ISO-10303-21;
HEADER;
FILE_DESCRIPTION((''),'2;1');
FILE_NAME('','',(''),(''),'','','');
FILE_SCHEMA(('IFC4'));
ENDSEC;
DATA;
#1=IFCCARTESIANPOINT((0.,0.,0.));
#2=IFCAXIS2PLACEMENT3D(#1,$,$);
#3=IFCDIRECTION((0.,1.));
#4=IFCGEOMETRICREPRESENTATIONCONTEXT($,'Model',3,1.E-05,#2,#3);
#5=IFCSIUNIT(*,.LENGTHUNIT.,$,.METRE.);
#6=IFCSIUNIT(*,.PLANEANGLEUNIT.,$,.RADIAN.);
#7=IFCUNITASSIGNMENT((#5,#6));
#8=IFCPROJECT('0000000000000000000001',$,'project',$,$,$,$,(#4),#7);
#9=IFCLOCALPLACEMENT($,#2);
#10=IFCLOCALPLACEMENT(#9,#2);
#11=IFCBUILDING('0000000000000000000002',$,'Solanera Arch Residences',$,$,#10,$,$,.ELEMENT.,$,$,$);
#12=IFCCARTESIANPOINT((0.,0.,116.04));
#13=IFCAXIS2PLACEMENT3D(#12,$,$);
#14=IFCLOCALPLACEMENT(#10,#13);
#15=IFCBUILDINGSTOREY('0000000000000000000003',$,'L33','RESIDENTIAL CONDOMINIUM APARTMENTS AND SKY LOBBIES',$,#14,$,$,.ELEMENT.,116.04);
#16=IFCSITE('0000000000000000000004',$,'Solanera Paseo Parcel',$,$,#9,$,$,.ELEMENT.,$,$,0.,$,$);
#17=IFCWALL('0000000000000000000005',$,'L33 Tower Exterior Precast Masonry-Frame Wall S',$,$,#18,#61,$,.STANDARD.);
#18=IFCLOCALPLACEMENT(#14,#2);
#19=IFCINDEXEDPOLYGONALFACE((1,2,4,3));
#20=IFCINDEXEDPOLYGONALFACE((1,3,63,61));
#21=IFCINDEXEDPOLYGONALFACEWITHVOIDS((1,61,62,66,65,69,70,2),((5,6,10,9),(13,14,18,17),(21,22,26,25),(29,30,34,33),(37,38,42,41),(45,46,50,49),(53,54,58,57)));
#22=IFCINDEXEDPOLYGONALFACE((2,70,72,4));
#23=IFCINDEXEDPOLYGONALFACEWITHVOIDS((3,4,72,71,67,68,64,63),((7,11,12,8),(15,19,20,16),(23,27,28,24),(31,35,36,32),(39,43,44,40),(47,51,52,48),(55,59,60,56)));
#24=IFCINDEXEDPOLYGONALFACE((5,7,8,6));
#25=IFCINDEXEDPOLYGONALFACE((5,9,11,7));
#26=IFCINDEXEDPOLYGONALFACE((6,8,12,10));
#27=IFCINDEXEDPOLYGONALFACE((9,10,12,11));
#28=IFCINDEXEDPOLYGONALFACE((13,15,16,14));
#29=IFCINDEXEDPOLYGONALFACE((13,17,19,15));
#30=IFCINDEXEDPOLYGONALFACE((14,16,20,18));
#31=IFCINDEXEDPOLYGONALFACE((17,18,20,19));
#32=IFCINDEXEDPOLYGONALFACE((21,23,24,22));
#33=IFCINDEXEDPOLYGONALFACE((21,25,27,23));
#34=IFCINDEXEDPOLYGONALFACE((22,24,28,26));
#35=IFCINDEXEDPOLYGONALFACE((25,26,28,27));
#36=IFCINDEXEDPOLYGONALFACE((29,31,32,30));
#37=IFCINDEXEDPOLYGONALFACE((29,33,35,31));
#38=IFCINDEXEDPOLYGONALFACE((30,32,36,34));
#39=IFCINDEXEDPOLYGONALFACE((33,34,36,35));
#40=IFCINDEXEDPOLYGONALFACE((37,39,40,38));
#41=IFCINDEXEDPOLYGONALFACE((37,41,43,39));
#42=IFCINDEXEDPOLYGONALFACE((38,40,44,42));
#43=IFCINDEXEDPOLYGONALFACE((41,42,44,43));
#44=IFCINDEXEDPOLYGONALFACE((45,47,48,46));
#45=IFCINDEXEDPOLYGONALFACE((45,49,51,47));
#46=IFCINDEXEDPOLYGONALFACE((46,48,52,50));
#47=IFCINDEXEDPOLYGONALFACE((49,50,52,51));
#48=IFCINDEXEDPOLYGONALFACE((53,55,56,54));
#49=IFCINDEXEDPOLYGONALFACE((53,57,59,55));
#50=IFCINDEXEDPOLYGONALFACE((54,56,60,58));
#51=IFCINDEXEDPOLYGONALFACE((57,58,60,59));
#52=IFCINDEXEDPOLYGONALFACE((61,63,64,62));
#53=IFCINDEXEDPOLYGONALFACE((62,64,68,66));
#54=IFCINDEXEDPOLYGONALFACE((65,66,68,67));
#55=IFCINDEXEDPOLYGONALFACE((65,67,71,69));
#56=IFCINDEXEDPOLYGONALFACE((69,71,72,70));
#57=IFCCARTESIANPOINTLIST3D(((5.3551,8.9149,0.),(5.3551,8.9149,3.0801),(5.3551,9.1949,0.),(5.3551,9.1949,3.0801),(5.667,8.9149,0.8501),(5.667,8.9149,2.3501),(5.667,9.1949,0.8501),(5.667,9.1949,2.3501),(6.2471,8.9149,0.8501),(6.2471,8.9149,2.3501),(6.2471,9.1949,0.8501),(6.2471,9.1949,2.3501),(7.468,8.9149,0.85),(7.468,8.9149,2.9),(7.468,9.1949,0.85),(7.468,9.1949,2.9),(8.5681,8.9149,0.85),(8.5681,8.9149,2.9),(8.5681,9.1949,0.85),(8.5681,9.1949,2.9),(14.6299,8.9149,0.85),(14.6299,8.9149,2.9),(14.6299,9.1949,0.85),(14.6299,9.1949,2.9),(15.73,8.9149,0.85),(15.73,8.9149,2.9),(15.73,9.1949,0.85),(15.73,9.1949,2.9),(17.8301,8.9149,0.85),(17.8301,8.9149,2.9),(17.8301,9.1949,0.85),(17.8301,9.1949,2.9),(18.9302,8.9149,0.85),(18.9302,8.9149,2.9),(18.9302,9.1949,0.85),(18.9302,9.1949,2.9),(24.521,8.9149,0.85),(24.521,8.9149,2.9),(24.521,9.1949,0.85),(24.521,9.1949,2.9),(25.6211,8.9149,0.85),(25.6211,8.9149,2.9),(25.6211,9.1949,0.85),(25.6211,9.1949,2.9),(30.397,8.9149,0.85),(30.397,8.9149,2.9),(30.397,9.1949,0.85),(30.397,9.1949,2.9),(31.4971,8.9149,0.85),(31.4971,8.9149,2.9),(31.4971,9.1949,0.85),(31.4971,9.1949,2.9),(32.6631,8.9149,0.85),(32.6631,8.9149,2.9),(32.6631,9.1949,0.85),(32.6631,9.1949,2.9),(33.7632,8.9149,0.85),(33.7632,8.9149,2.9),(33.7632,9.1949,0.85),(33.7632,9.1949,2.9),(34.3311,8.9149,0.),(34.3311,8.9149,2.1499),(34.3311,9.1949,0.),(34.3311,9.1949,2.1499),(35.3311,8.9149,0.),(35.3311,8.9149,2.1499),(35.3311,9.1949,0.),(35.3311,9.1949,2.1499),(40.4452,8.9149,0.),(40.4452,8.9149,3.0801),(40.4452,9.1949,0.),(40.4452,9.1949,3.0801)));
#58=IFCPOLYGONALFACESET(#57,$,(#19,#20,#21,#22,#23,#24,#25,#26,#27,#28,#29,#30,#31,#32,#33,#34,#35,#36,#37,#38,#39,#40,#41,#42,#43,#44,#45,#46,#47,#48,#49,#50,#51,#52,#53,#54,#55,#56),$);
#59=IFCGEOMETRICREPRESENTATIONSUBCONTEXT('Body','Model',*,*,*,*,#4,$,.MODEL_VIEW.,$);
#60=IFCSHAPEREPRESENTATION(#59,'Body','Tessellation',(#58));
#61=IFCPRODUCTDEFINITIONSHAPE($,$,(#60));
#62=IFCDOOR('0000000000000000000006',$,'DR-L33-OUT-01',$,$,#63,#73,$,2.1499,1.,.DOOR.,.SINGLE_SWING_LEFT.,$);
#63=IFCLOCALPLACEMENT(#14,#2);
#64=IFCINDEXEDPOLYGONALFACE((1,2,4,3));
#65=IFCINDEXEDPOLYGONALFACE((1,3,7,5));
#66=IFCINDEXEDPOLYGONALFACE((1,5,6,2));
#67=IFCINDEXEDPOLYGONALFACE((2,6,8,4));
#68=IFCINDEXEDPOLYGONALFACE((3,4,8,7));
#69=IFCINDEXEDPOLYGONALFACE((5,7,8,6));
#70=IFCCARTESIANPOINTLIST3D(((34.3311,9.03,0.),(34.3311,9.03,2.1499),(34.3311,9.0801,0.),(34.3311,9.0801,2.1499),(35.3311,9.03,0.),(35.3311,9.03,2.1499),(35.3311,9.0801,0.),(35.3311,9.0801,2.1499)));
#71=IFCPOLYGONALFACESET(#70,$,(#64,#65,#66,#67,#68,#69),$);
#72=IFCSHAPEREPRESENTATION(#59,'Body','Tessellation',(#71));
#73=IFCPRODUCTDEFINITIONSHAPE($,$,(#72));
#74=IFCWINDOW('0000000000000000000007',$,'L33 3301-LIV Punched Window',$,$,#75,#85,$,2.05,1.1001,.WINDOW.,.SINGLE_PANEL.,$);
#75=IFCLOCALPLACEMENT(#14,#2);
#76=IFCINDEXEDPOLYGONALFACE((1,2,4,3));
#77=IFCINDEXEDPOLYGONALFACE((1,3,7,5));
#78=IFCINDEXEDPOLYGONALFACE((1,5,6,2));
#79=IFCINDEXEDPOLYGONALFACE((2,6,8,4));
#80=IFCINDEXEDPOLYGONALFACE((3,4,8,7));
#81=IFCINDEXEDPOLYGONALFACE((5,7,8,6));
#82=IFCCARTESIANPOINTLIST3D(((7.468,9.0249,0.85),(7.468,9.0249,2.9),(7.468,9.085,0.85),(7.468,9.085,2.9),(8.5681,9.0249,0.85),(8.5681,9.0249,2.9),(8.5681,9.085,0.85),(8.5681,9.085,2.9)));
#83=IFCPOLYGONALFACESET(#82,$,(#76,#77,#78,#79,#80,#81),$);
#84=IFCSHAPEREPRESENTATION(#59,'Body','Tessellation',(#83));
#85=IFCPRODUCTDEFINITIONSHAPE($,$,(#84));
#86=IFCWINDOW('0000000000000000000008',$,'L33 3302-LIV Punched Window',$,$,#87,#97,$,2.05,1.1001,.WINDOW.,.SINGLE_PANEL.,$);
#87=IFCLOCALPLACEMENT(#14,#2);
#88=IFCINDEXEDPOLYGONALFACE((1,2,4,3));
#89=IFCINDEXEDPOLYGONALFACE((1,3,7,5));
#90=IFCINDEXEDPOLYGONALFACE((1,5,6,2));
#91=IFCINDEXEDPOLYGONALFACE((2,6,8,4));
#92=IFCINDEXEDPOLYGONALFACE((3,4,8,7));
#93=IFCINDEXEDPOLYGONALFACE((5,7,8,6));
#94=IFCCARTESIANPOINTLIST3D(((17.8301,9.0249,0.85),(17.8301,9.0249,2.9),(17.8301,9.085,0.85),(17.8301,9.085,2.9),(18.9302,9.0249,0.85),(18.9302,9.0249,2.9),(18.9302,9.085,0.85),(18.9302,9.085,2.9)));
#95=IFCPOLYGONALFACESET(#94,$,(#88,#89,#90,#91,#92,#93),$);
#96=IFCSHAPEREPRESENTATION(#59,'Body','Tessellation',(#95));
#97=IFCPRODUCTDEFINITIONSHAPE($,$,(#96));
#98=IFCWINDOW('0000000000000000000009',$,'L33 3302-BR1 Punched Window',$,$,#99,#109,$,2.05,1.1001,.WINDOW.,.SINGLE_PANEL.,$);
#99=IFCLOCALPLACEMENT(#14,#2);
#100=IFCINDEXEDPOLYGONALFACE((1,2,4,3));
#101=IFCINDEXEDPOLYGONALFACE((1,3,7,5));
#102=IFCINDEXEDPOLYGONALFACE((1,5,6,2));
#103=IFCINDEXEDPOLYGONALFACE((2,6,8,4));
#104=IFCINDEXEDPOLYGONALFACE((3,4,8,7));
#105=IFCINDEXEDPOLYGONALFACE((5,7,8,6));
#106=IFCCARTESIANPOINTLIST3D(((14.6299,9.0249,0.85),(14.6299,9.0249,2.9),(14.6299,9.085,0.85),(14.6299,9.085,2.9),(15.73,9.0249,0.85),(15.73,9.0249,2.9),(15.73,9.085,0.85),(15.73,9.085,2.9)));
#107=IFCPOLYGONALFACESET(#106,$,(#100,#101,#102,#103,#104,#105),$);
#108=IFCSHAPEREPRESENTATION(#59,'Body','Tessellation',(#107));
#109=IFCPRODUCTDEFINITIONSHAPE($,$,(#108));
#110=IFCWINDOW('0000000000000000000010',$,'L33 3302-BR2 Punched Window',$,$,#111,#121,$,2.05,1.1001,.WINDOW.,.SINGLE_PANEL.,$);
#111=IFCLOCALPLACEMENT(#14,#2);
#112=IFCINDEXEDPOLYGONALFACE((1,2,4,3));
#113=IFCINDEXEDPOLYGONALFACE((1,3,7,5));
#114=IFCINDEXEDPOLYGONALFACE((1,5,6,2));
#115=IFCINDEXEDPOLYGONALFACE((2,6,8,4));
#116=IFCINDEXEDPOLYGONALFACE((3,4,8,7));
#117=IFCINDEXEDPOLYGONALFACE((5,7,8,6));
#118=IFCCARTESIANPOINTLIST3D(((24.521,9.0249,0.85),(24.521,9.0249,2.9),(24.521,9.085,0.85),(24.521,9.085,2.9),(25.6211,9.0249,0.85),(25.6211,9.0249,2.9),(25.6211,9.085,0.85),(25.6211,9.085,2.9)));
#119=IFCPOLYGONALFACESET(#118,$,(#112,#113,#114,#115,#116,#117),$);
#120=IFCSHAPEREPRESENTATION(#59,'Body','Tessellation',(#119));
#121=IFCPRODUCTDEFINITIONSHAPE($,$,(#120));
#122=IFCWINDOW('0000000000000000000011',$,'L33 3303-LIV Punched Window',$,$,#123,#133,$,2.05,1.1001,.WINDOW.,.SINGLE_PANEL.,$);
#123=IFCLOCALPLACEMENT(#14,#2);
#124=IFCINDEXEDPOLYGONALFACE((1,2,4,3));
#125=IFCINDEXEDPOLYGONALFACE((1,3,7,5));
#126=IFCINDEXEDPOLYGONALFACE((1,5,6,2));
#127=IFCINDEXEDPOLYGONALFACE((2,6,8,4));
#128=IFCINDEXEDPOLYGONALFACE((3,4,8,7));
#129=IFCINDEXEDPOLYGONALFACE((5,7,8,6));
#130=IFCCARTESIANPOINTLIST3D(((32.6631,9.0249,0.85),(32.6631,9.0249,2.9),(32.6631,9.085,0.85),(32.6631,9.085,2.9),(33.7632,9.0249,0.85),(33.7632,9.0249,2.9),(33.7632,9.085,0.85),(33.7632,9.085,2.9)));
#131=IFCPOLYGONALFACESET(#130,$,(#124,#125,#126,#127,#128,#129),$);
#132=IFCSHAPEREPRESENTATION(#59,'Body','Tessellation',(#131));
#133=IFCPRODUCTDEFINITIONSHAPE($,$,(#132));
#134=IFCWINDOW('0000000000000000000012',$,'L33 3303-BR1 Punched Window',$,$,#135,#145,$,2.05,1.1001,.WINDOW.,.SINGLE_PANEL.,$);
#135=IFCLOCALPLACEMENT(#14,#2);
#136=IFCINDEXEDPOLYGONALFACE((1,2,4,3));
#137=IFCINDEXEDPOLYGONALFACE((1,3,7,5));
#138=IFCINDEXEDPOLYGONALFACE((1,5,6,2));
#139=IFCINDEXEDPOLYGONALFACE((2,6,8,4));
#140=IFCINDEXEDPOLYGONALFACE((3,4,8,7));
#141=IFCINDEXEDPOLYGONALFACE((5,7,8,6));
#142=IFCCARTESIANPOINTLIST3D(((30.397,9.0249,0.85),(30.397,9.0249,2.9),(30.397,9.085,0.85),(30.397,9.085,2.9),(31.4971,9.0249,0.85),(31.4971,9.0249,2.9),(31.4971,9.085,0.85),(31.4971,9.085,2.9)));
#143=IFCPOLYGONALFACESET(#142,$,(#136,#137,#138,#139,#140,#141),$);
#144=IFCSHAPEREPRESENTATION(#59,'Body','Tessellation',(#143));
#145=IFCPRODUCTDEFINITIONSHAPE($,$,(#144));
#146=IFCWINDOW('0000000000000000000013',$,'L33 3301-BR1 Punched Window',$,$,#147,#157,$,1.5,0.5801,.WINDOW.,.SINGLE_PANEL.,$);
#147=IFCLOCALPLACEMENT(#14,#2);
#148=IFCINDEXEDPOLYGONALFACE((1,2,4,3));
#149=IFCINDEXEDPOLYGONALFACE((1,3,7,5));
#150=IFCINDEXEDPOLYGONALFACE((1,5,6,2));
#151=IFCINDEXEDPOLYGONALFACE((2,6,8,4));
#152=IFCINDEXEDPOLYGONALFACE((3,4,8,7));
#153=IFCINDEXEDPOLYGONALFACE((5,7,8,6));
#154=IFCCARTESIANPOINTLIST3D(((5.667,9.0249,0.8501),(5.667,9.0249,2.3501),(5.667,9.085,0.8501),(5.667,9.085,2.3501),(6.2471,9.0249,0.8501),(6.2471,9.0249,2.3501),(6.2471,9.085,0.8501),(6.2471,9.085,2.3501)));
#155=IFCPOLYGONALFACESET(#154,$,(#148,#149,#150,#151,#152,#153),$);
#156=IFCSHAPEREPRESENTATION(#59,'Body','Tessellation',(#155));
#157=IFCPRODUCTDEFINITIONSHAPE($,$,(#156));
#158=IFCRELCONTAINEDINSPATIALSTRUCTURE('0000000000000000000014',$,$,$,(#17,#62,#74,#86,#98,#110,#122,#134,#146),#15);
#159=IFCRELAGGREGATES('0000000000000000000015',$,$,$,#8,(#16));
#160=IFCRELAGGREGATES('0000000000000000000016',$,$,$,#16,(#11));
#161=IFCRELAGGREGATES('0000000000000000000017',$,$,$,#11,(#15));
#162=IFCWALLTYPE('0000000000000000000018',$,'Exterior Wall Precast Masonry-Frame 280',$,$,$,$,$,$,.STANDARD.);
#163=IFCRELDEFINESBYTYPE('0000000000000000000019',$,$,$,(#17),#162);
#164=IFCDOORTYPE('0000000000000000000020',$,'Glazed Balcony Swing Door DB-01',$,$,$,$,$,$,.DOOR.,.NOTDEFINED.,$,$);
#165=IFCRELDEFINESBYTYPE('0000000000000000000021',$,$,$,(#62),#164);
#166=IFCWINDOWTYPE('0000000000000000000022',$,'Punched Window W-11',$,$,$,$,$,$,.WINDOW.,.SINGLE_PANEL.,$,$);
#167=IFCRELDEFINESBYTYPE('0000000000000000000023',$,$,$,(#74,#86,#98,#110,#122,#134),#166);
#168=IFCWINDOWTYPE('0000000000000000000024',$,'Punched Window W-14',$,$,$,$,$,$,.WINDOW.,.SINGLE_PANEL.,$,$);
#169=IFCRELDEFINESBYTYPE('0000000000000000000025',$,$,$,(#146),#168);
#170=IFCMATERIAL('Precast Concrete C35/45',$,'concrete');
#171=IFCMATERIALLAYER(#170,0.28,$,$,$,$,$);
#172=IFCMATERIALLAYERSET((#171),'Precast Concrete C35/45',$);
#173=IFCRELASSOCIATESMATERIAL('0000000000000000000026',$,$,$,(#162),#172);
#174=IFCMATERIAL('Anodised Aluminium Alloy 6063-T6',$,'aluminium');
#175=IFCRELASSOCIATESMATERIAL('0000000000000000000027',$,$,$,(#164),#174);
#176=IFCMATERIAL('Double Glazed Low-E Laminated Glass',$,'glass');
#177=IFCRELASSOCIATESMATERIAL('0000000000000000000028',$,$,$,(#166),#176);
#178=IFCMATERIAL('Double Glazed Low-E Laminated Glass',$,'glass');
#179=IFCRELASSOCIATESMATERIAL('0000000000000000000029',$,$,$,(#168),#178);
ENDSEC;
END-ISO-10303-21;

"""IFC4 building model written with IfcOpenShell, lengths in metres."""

from ifc_helpers import new_model, si_unit, direction, frame, frame_2d, origin, place, context, subcontext, project, spatial, rectangle, extrude, material, layer, layer_set, type_object, element, fill, save


model = new_model("IFC4")

# Units and contexts
model_context = context("Model", 3, precision=1e-05, world=origin(), true_north=direction((0.0, 1.0)))
body_context = subcontext(model_context, "Body", "Model", "MODEL_VIEW")
ifc_project = project(units=[si_unit("LENGTHUNIT", "METRE"), si_unit("PLANEANGLEUNIT", "RADIAN")], contexts=[model_context])

# Site, building, storey
site_placement = place(None, origin())
site = spatial("IfcSite", under=ifc_project, at=site_placement, Name="Solanera Paseo Parcel", CompositionType="ELEMENT", RefElevation=0.0)
building_placement = place(site_placement, origin())
building = spatial("IfcBuilding", under=site, at=building_placement, Name="Solanera Arch Residences", CompositionType="ELEMENT")
storey_placement = place(building_placement, frame((0.0, 0.0, 116.04)))
storey = spatial("IfcBuildingStorey", under=building, at=storey_placement, Name="L33", Description="RESIDENTIAL CONDOMINIUM APARTMENTS AND SKY LOBBIES", CompositionType="ELEMENT", Elevation=116.04)

# Shared definitions
ifc_material_1 = material(Name="Precast Concrete C35/45", Category="concrete")
ifc_layer_1 = layer(ifc_material_1, 0.28)
ifc_layer_set_1 = layer_set([ifc_layer_1], Name="Precast Concrete C35/45")
wall_type_1 = type_object("IfcWallType", Name="Exterior Wall Precast Masonry-Frame 280", PredefinedType="STANDARD", material=ifc_layer_set_1)

# Wall, openings, door, windows
wall_1_placement = place(storey_placement, frame((40.4451, 9.0549, 0.0), z_axis=(0.0, 0.0, 1.0), x_axis=(-1.0, 0.0, 0.0)))
wall_1 = element("IfcWall", 1, at=wall_1_placement, inside=storey, type_object=wall_type_1, Name="L33 Tower Exterior Precast Masonry-Frame Wall S", PredefinedType="STANDARD", context=body_context, shape_type="SweptSolid", body=[
    extrude(rectangle(XDim=35.0901, YDim=0.28, at=frame_2d((17.5449, 0.0))), origin(), (0.0, 0.0, 1.0), 3.0801),
])
opening_1_placement = place(wall_1_placement, frame((5.114, 0.0, 0.0)))
opening_1 = element("IfcOpeningElement", 2, at=opening_1_placement, cuts=wall_1, PredefinedType="OPENING", context=body_context, shape_type="SweptSolid", body=[
    extrude(rectangle(XDim=1.0, YDim=2.1499, at=frame_2d((0.5, 1.075))), frame((0.0, 0.1499, 0.0), z_axis=(0.0, -1.0, 0.0), x_axis=(1.0, 0.0, 0.0)), (0.0, 0.0, 1.0), 0.3),
])
opening_2_placement = place(wall_1_placement, frame((31.877, 0.0, 0.8501)))
opening_2 = element("IfcOpeningElement", 3, at=opening_2_placement, cuts=wall_1, PredefinedType="OPENING", context=body_context, shape_type="SweptSolid", body=[
    extrude(rectangle(XDim=1.1001, YDim=2.05, at=frame_2d((0.55, 1.0249))), frame((0.0, 0.1499, 0.0), z_axis=(0.0, -1.0, 0.0), x_axis=(1.0, 0.0, 0.0)), (0.0, 0.0, 1.0), 0.3),
])
opening_3_placement = place(wall_1_placement, frame((34.198, 0.0, 0.8501)))
opening_3 = element("IfcOpeningElement", 4, at=opening_3_placement, cuts=wall_1, PredefinedType="OPENING", context=body_context, shape_type="SweptSolid", body=[
    extrude(rectangle(XDim=0.5801, YDim=1.5, at=frame_2d((0.29, 0.75))), frame((0.0, 0.1499, 0.0), z_axis=(0.0, -1.0, 0.0), x_axis=(1.0, 0.0, 0.0)), (0.0, 0.0, 1.0), 0.3),
])
opening_4_placement = place(wall_1_placement, frame((21.5149, 0.0, 0.8501)))
opening_4 = element("IfcOpeningElement", 5, at=opening_4_placement, cuts=wall_1, PredefinedType="OPENING", context=body_context, shape_type="SweptSolid", body=[
    extrude(rectangle(XDim=1.1001, YDim=2.05, at=frame_2d((0.55, 1.0249))), frame((0.0, 0.1499, 0.0), z_axis=(0.0, -1.0, 0.0), x_axis=(1.0, 0.0, 0.0)), (0.0, 0.0, 1.0), 0.3),
])
opening_5_placement = place(wall_1_placement, frame((24.7151, 0.0, 0.8501)))
opening_5 = element("IfcOpeningElement", 6, at=opening_5_placement, cuts=wall_1, PredefinedType="OPENING", context=body_context, shape_type="SweptSolid", body=[
    extrude(rectangle(XDim=1.1001, YDim=2.05, at=frame_2d((0.55, 1.0249))), frame((0.0, 0.1499, 0.0), z_axis=(0.0, -1.0, 0.0), x_axis=(1.0, 0.0, 0.0)), (0.0, 0.0, 1.0), 0.3),
])
opening_6_placement = place(wall_1_placement, frame((14.824, 0.0, 0.8501)))
opening_6 = element("IfcOpeningElement", 7, at=opening_6_placement, cuts=wall_1, PredefinedType="OPENING", context=body_context, shape_type="SweptSolid", body=[
    extrude(rectangle(XDim=1.1001, YDim=2.05, at=frame_2d((0.55, 1.0249))), frame((0.0, 0.1499, 0.0), z_axis=(0.0, -1.0, 0.0), x_axis=(1.0, 0.0, 0.0)), (0.0, 0.0, 1.0), 0.3),
])
opening_7_placement = place(wall_1_placement, frame((6.6819, 0.0, 0.8501)))
opening_7 = element("IfcOpeningElement", 8, at=opening_7_placement, cuts=wall_1, PredefinedType="OPENING", context=body_context, shape_type="SweptSolid", body=[
    extrude(rectangle(XDim=1.1001, YDim=2.05, at=frame_2d((0.55, 1.0249))), frame((0.0, 0.1499, 0.0), z_axis=(0.0, -1.0, 0.0), x_axis=(1.0, 0.0, 0.0)), (0.0, 0.0, 1.0), 0.3),
])
opening_8_placement = place(wall_1_placement, frame((8.948, 0.0, 0.8501)))
opening_8 = element("IfcOpeningElement", 9, at=opening_8_placement, cuts=wall_1, PredefinedType="OPENING", context=body_context, shape_type="SweptSolid", body=[
    extrude(rectangle(XDim=1.1001, YDim=2.05, at=frame_2d((0.55, 1.0249))), frame((0.0, 0.1499, 0.0), z_axis=(0.0, -1.0, 0.0), x_axis=(1.0, 0.0, 0.0)), (0.0, 0.0, 1.0), 0.3),
])
ifc_material_2 = material(Name="Anodised Aluminium Alloy 6063-T6", Category="aluminium")
door_type_1 = type_object("IfcDoorType", Name="Glazed Balcony Swing Door DB-01", OperationType="NOTDEFINED", PredefinedType="DOOR", material=ifc_material_2)
door_1_placement = place(opening_1_placement, origin())
door_1 = element("IfcDoor", 10, at=door_1_placement, inside=storey, type_object=door_type_1, Name="DR-L33-OUT-01", OperationType="SINGLE_SWING_LEFT", OverallHeight=2.1499, OverallWidth=1.0, PredefinedType="DOOR", context=body_context, shape_type="SweptSolid", body=[
    extrude(rectangle(XDim=1.0, YDim=2.1499, at=frame_2d((0.5, 1.075))), frame((0.0, 0.0249, 0.0), z_axis=(0.0, -1.0, 0.0), x_axis=(1.0, 0.0, 0.0)), (0.0, 0.0, 1.0), 0.05),
])
fill(opening_1, door_1)
ifc_material_3 = material(Name="Double Glazed Low-E Laminated Glass", Category="glass")
window_type_1 = type_object("IfcWindowType", Name="Punched Window W-11", PartitioningType="SINGLE_PANEL", PredefinedType="WINDOW", material=ifc_material_3)
window_1_placement = place(opening_2_placement, origin())
window_1 = element("IfcWindow", 11, at=window_1_placement, inside=storey, type_object=window_type_1, Name="L33 3301-LIV Punched Window", OverallHeight=2.05, OverallWidth=1.1001, PartitioningType="SINGLE_PANEL", PredefinedType="WINDOW", context=body_context, shape_type="SweptSolid", body=[
    extrude(rectangle(XDim=1.1001, YDim=2.05, at=frame_2d((0.55, 1.0249))), frame((0.0, 0.03, 0.0), z_axis=(0.0, -1.0, 0.0), x_axis=(1.0, 0.0, 0.0)), (0.0, 0.0, 1.0), 0.0601),
])
fill(opening_2, window_1)
window_2_placement = place(opening_4_placement, origin())
window_2 = element("IfcWindow", 12, at=window_2_placement, inside=storey, type_object=window_type_1, Name="L33 3302-LIV Punched Window", OverallHeight=2.05, OverallWidth=1.1001, PartitioningType="SINGLE_PANEL", PredefinedType="WINDOW", context=body_context, shape_type="SweptSolid", body=[
    extrude(rectangle(XDim=1.1001, YDim=2.05, at=frame_2d((0.55, 1.0249))), frame((0.0, 0.03, 0.0), z_axis=(0.0, -1.0, 0.0), x_axis=(1.0, 0.0, 0.0)), (0.0, 0.0, 1.0), 0.0601),
])
fill(opening_4, window_2)
window_3_placement = place(opening_5_placement, origin())
window_3 = element("IfcWindow", 13, at=window_3_placement, inside=storey, type_object=window_type_1, Name="L33 3302-BR1 Punched Window", OverallHeight=2.05, OverallWidth=1.1001, PartitioningType="SINGLE_PANEL", PredefinedType="WINDOW", context=body_context, shape_type="SweptSolid", body=[
    extrude(rectangle(XDim=1.1001, YDim=2.05, at=frame_2d((0.55, 1.0249))), frame((0.0, 0.03, 0.0), z_axis=(0.0, -1.0, 0.0), x_axis=(1.0, 0.0, 0.0)), (0.0, 0.0, 1.0), 0.0601),
])
fill(opening_5, window_3)
window_4_placement = place(opening_6_placement, origin())
window_4 = element("IfcWindow", 14, at=window_4_placement, inside=storey, type_object=window_type_1, Name="L33 3302-BR2 Punched Window", OverallHeight=2.05, OverallWidth=1.1001, PartitioningType="SINGLE_PANEL", PredefinedType="WINDOW", context=body_context, shape_type="SweptSolid", body=[
    extrude(rectangle(XDim=1.1001, YDim=2.05, at=frame_2d((0.55, 1.0249))), frame((0.0, 0.03, 0.0), z_axis=(0.0, -1.0, 0.0), x_axis=(1.0, 0.0, 0.0)), (0.0, 0.0, 1.0), 0.0601),
])
fill(opening_6, window_4)
window_5_placement = place(opening_7_placement, origin())
window_5 = element("IfcWindow", 15, at=window_5_placement, inside=storey, type_object=window_type_1, Name="L33 3303-LIV Punched Window", OverallHeight=2.05, OverallWidth=1.1001, PartitioningType="SINGLE_PANEL", PredefinedType="WINDOW", context=body_context, shape_type="SweptSolid", body=[
    extrude(rectangle(XDim=1.1001, YDim=2.05, at=frame_2d((0.55, 1.0249))), frame((0.0, 0.03, 0.0), z_axis=(0.0, -1.0, 0.0), x_axis=(1.0, 0.0, 0.0)), (0.0, 0.0, 1.0), 0.0601),
])
fill(opening_7, window_5)
window_6_placement = place(opening_8_placement, origin())
window_6 = element("IfcWindow", 16, at=window_6_placement, inside=storey, type_object=window_type_1, Name="L33 3303-BR1 Punched Window", OverallHeight=2.05, OverallWidth=1.1001, PartitioningType="SINGLE_PANEL", PredefinedType="WINDOW", context=body_context, shape_type="SweptSolid", body=[
    extrude(rectangle(XDim=1.1001, YDim=2.05, at=frame_2d((0.55, 1.0249))), frame((0.0, 0.03, 0.0), z_axis=(0.0, -1.0, 0.0), x_axis=(1.0, 0.0, 0.0)), (0.0, 0.0, 1.0), 0.0601),
])
fill(opening_8, window_6)
ifc_material_4 = material(Name="Double Glazed Low-E Laminated Glass", Category="glass")
window_type_2 = type_object("IfcWindowType", Name="Punched Window W-14", PartitioningType="SINGLE_PANEL", PredefinedType="WINDOW", material=ifc_material_4)
window_7_placement = place(opening_3_placement, origin())
window_7 = element("IfcWindow", 17, at=window_7_placement, inside=storey, type_object=window_type_2, Name="L33 3301-BR1 Punched Window", OverallHeight=1.5, OverallWidth=0.5801, PartitioningType="SINGLE_PANEL", PredefinedType="WINDOW", context=body_context, shape_type="SweptSolid", body=[
    extrude(rectangle(XDim=0.5801, YDim=1.5, at=frame_2d((0.29, 0.75))), frame((0.0, 0.03, 0.0), z_axis=(0.0, -1.0, 0.0), x_axis=(1.0, 0.0, 0.0)), (0.0, 0.0, 1.0), 0.0601),
])
fill(opening_3, window_7)

save(model, "model.ifc")
